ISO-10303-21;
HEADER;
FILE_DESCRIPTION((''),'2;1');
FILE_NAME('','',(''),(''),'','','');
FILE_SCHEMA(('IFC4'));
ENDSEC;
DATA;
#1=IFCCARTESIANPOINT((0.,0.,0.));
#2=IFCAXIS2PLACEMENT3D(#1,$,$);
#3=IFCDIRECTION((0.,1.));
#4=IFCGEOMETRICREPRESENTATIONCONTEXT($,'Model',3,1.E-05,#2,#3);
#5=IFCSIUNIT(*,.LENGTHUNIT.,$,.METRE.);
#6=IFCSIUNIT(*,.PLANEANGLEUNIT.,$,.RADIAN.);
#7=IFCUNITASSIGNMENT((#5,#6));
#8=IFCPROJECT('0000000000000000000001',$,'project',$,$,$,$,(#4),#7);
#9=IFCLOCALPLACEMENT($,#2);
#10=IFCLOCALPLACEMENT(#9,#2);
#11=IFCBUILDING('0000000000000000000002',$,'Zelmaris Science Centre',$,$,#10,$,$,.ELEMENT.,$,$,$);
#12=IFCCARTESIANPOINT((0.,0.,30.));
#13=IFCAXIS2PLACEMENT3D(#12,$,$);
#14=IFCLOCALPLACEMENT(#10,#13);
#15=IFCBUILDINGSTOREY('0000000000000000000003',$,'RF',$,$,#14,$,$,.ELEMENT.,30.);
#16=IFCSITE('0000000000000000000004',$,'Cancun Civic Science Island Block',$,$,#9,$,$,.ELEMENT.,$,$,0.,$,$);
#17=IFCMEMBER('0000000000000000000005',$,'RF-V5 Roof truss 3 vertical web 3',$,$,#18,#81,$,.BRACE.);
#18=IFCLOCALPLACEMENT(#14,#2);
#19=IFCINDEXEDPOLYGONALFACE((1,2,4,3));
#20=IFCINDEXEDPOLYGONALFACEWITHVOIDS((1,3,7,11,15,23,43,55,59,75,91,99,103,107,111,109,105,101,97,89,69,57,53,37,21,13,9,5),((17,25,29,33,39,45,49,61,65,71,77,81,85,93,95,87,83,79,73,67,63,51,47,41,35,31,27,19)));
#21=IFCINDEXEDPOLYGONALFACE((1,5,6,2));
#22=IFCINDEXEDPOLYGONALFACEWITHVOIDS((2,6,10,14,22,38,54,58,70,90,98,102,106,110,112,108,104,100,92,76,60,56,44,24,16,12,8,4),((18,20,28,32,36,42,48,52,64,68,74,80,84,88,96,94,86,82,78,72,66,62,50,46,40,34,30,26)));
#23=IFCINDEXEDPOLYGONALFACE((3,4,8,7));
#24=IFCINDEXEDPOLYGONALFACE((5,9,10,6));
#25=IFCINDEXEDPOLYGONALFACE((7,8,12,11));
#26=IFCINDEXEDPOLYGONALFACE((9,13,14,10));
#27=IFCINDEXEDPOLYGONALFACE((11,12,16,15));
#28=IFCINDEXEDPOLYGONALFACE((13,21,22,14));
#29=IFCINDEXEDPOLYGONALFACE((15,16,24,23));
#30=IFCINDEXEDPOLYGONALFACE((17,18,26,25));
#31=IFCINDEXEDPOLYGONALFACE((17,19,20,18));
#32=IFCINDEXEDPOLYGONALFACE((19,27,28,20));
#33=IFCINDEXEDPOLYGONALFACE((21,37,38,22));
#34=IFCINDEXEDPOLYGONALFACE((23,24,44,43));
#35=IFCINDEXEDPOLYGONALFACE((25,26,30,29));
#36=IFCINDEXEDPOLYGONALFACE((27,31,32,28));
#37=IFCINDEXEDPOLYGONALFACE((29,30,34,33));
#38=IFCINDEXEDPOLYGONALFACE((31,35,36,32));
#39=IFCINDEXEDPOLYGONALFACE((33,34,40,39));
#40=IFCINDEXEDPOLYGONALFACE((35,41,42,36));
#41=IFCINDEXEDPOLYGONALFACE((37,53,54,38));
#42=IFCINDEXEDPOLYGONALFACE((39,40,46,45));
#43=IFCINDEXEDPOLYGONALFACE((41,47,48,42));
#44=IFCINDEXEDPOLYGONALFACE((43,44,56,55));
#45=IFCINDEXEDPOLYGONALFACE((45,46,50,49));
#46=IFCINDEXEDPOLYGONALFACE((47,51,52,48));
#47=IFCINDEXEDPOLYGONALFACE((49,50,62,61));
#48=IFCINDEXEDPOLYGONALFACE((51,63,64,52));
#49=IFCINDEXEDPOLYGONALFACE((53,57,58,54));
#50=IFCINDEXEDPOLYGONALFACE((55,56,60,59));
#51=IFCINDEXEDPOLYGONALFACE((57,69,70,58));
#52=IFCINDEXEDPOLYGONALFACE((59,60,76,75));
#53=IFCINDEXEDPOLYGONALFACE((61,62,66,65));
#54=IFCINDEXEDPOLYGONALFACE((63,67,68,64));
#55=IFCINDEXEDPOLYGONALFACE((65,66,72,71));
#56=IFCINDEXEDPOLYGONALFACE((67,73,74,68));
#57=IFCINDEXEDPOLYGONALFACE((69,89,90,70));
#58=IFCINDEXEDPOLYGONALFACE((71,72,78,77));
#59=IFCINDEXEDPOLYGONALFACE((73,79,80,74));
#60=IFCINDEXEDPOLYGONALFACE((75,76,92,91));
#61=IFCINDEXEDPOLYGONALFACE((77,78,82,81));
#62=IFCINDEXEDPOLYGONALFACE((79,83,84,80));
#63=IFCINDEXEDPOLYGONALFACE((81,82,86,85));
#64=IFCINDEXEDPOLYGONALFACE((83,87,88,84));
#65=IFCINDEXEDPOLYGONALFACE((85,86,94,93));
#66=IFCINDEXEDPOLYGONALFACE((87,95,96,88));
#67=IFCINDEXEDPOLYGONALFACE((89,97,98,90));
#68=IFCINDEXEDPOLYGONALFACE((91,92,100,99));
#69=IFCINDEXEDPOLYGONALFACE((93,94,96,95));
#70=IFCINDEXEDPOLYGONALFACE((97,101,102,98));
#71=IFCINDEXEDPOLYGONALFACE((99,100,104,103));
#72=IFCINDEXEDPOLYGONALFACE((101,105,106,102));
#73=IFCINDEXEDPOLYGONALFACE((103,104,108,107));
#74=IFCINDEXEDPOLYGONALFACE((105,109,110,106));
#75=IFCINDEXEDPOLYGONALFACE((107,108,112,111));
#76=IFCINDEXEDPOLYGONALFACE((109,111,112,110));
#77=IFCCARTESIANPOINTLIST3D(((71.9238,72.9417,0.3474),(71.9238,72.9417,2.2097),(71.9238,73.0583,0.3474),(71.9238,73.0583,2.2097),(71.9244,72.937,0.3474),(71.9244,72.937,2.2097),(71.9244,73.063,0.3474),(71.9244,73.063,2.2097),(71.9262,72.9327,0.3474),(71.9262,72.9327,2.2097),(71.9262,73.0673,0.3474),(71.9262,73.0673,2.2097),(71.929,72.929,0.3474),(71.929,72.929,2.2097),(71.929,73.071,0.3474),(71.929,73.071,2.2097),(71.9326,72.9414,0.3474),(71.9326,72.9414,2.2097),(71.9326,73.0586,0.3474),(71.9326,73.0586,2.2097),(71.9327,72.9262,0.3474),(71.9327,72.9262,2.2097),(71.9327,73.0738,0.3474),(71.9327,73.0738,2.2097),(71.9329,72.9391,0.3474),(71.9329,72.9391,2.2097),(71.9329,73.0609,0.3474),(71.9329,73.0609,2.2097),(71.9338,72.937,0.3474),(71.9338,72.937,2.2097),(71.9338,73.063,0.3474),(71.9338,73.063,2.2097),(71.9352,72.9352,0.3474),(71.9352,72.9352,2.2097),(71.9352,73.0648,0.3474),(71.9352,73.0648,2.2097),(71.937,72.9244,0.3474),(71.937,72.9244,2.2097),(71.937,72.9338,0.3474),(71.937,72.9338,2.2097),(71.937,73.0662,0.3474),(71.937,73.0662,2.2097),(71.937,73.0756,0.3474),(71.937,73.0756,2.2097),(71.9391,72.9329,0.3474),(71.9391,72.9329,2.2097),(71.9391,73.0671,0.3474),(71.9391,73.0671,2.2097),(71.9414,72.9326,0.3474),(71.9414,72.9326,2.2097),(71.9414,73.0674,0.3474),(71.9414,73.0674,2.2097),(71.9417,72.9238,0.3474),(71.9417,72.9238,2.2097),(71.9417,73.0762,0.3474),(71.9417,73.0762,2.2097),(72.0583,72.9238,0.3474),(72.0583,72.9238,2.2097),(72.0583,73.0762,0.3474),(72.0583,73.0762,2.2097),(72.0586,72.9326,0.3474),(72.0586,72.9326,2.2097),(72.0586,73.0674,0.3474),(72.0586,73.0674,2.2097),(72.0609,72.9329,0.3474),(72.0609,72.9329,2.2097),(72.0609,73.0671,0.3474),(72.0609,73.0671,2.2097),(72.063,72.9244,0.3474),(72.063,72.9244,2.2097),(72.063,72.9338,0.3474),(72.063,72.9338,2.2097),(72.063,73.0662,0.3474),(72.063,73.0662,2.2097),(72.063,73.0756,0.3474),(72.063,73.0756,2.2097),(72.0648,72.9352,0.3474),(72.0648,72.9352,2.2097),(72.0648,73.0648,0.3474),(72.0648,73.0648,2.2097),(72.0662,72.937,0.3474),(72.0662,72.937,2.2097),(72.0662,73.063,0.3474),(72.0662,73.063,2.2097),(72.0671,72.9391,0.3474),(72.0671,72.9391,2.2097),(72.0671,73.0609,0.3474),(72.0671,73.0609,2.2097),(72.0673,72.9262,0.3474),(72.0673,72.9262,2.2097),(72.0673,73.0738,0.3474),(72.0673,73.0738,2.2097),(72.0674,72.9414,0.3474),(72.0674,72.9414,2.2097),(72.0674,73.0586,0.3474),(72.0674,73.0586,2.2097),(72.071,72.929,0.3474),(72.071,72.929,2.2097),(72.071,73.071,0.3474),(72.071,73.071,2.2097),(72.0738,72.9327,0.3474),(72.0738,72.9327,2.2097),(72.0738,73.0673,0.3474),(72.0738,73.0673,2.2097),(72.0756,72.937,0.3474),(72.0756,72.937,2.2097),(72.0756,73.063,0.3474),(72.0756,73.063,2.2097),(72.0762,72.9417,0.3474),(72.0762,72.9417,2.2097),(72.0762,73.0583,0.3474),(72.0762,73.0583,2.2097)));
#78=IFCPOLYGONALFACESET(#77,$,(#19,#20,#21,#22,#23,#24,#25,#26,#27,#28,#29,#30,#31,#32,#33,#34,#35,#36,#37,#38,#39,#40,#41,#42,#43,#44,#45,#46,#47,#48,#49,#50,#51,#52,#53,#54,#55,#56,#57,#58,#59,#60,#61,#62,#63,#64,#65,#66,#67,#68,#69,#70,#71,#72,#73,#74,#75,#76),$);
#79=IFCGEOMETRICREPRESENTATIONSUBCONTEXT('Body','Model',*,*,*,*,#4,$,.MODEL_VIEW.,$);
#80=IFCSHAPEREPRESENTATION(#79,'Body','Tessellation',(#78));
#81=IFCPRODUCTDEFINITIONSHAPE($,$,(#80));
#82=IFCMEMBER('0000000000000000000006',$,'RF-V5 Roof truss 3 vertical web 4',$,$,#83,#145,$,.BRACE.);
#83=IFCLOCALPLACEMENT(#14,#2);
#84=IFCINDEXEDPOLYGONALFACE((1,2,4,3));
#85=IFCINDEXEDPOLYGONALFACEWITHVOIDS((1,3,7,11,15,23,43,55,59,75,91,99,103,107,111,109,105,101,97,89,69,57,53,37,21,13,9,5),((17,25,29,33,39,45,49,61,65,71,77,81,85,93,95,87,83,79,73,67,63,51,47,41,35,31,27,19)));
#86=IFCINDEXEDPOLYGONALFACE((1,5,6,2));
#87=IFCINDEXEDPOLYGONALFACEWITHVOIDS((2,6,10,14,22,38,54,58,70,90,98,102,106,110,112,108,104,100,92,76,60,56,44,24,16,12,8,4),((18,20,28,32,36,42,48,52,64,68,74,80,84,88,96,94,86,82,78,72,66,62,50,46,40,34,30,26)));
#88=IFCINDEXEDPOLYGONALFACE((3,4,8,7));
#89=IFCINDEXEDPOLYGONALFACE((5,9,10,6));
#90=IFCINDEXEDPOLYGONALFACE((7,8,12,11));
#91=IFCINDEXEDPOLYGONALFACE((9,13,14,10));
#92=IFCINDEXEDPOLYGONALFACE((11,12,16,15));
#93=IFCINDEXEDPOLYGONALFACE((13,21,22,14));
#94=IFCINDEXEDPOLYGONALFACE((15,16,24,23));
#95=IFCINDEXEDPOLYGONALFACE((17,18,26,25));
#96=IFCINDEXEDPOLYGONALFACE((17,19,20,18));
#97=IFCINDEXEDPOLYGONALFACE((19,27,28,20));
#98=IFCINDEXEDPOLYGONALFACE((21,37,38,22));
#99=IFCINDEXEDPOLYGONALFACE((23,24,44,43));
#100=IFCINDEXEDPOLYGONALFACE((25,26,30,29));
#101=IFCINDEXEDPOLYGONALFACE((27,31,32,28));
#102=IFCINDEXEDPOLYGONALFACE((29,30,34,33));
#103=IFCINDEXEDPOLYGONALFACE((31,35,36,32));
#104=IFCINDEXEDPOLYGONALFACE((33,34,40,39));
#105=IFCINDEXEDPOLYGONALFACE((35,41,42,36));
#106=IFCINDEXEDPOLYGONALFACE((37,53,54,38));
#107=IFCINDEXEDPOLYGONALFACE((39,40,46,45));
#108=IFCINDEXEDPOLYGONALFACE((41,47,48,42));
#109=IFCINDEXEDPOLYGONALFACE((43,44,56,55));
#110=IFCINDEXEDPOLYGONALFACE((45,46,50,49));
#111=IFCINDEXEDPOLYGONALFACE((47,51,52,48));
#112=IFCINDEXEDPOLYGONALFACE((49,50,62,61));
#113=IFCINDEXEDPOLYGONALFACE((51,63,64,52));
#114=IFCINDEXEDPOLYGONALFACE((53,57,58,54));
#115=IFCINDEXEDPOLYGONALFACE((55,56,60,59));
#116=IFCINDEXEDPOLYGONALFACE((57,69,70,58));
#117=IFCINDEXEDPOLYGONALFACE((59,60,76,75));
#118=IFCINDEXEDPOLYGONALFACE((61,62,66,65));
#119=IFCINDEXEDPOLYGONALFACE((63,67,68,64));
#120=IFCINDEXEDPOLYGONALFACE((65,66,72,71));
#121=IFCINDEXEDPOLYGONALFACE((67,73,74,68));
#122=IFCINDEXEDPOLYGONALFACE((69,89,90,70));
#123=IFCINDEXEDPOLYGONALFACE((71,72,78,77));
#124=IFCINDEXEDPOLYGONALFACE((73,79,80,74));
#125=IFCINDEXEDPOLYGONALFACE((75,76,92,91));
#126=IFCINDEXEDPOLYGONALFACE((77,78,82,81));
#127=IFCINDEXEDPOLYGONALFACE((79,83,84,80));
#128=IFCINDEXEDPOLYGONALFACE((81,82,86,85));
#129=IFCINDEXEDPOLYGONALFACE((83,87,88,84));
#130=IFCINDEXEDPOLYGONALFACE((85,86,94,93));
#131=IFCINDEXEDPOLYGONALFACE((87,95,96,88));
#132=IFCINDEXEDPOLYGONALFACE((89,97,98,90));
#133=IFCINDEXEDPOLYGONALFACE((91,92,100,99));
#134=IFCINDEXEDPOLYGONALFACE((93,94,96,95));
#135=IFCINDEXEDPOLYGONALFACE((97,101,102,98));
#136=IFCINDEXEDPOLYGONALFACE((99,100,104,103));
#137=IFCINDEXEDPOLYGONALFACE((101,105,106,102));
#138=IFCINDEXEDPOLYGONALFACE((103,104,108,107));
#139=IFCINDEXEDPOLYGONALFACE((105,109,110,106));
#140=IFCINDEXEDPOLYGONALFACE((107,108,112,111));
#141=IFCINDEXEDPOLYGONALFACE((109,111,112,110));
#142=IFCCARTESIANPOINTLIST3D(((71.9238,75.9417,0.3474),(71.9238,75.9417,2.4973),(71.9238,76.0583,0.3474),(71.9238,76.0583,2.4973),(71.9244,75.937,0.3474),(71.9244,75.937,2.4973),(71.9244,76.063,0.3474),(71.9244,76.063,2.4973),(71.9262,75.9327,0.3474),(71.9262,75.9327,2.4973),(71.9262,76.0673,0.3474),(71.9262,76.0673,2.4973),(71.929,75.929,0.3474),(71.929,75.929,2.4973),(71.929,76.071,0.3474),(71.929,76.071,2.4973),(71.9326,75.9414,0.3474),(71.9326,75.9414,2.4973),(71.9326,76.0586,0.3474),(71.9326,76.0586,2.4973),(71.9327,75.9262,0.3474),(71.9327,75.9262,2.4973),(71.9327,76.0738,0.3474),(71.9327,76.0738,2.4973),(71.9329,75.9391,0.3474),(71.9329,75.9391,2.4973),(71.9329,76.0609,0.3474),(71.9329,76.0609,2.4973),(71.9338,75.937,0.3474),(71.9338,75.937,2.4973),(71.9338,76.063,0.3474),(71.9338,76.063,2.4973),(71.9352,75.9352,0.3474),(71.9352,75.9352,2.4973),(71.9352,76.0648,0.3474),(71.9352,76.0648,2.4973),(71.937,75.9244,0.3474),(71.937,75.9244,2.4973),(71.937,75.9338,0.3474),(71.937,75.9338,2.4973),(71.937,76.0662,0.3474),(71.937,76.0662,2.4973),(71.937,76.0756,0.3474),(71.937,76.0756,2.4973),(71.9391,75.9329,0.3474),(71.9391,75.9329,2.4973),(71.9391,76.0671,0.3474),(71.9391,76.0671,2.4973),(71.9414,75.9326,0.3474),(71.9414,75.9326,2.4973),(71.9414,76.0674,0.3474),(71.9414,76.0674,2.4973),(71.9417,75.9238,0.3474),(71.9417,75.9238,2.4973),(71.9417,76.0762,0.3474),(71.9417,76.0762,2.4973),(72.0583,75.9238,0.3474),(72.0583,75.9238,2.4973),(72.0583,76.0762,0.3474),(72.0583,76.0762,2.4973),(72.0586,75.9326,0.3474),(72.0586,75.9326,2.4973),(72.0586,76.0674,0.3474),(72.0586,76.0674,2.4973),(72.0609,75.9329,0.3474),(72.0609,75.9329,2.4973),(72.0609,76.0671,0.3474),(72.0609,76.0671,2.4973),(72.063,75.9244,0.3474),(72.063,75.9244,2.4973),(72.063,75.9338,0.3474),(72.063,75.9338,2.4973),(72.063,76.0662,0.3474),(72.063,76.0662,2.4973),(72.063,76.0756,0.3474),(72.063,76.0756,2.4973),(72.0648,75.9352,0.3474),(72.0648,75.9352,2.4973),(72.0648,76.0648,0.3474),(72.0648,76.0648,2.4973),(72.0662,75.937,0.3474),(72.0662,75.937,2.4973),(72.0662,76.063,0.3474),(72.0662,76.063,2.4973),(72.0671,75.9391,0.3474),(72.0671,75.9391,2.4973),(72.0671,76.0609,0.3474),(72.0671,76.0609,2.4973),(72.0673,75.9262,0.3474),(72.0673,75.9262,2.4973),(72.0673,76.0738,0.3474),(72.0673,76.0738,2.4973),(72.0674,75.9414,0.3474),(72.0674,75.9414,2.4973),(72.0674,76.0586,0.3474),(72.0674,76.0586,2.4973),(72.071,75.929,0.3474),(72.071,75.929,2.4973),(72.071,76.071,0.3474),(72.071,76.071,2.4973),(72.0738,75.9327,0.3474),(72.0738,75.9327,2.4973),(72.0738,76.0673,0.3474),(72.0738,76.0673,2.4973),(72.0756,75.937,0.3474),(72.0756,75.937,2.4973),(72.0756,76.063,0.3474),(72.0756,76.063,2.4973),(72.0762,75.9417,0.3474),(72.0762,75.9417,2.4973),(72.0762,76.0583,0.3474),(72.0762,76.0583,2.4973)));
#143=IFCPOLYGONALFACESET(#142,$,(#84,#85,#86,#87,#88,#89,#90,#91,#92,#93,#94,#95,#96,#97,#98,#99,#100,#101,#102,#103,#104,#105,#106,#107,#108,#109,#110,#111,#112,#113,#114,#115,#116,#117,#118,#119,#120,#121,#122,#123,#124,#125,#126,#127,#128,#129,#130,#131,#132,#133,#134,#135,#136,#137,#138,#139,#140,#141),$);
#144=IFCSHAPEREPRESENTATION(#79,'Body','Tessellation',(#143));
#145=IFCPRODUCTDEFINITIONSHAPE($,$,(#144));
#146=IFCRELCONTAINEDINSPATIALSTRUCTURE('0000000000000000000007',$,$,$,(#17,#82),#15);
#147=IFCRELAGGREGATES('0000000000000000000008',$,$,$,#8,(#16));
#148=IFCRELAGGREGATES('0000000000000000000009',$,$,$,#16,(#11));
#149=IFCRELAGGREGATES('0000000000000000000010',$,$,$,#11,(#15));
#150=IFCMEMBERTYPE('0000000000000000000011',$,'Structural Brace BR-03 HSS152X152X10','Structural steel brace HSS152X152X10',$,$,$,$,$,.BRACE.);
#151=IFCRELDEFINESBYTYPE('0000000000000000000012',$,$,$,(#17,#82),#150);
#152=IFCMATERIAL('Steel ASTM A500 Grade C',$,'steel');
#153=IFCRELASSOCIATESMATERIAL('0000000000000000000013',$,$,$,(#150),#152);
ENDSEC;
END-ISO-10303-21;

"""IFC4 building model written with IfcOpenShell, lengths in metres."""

from ifc_helpers import new_model, si_unit, direction, frame, origin, origin_2d, place, context, subcontext, project, spatial, hollow_rectangle, extrude, material, material_profile, profile_set, type_object, element, save


model = new_model("IFC4")

# Units and contexts
model_context = context("Model", 3, precision=1e-05, world=origin(), true_north=direction((0.0, 1.0)))
body_context = subcontext(model_context, "Body", "Model", "MODEL_VIEW")
ifc_project = project(units=[si_unit("LENGTHUNIT", "METRE"), si_unit("PLANEANGLEUNIT", "RADIAN")], contexts=[model_context])

# Site, building, storey
site_placement = place(None, origin())
site = spatial("IfcSite", under=ifc_project, at=site_placement, Name="Cancun Civic Science Island Block", CompositionType="ELEMENT", RefElevation=0.0)
building_placement = place(site_placement, origin())
building = spatial("IfcBuilding", under=site, at=building_placement, Name="Zelmaris Science Centre", CompositionType="ELEMENT")
storey_placement = place(building_placement, frame((0.0, 0.0, 30.0)))
storey = spatial("IfcBuildingStorey", under=building, at=storey_placement, Name="RF", CompositionType="ELEMENT", Elevation=30.0)

# Shared definitions
ifc_material = material(Name="Steel ASTM A500 Grade C", Category="steel")

# Members
ifc_material_profile_1 = material_profile(ifc_material, hollow_rectangle(XDim=0.1523, YDim=0.1523, WallThickness=0.0088, InnerFilletRadius=0.0088, OuterFilletRadius=0.0178, at=origin_2d()), Name="HSS152X152X10")
ifc_profile_set_1 = profile_set([ifc_material_profile_1], Name="Steel ASTM A500 Grade C")
member_type_1 = type_object("IfcMemberType", Name="Structural Brace BR-03 HSS152X152X10", Description="Structural steel brace HSS152X152X10", PredefinedType="BRACE", material=ifc_profile_set_1)
member_1_placement = place(storey_placement, frame((72.0, 73.0, 0.3474), z_axis=(0.0, 0.0, 1.0), x_axis=(1.0, 0.0, 0.0)))
element("IfcMember", 1, at=member_1_placement, inside=storey, type_object=member_type_1, Name="RF-V5 Roof truss 3 vertical web 3", PredefinedType="BRACE", context=body_context, shape_type="SweptSolid", body=[
    extrude(hollow_rectangle(XDim=0.1523, YDim=0.1523, WallThickness=0.0088, InnerFilletRadius=0.0088, OuterFilletRadius=0.0178, at=origin_2d()), origin(), (0.0, 0.0, 1.0), 1.8623),
])
member_2_placement = place(storey_placement, frame((72.0, 76.0, 0.3474), z_axis=(0.0, 0.0, 1.0), x_axis=(1.0, 0.0, 0.0)))
element("IfcMember", 2, at=member_2_placement, inside=storey, type_object=member_type_1, Name="RF-V5 Roof truss 3 vertical web 4", PredefinedType="BRACE", context=body_context, shape_type="SweptSolid", body=[
    extrude(hollow_rectangle(XDim=0.1523, YDim=0.1523, WallThickness=0.0088, InnerFilletRadius=0.0088, OuterFilletRadius=0.0178, at=origin_2d()), origin(), (0.0, 0.0, 1.0), 2.1499),
])

save(model, "model.ifc")
